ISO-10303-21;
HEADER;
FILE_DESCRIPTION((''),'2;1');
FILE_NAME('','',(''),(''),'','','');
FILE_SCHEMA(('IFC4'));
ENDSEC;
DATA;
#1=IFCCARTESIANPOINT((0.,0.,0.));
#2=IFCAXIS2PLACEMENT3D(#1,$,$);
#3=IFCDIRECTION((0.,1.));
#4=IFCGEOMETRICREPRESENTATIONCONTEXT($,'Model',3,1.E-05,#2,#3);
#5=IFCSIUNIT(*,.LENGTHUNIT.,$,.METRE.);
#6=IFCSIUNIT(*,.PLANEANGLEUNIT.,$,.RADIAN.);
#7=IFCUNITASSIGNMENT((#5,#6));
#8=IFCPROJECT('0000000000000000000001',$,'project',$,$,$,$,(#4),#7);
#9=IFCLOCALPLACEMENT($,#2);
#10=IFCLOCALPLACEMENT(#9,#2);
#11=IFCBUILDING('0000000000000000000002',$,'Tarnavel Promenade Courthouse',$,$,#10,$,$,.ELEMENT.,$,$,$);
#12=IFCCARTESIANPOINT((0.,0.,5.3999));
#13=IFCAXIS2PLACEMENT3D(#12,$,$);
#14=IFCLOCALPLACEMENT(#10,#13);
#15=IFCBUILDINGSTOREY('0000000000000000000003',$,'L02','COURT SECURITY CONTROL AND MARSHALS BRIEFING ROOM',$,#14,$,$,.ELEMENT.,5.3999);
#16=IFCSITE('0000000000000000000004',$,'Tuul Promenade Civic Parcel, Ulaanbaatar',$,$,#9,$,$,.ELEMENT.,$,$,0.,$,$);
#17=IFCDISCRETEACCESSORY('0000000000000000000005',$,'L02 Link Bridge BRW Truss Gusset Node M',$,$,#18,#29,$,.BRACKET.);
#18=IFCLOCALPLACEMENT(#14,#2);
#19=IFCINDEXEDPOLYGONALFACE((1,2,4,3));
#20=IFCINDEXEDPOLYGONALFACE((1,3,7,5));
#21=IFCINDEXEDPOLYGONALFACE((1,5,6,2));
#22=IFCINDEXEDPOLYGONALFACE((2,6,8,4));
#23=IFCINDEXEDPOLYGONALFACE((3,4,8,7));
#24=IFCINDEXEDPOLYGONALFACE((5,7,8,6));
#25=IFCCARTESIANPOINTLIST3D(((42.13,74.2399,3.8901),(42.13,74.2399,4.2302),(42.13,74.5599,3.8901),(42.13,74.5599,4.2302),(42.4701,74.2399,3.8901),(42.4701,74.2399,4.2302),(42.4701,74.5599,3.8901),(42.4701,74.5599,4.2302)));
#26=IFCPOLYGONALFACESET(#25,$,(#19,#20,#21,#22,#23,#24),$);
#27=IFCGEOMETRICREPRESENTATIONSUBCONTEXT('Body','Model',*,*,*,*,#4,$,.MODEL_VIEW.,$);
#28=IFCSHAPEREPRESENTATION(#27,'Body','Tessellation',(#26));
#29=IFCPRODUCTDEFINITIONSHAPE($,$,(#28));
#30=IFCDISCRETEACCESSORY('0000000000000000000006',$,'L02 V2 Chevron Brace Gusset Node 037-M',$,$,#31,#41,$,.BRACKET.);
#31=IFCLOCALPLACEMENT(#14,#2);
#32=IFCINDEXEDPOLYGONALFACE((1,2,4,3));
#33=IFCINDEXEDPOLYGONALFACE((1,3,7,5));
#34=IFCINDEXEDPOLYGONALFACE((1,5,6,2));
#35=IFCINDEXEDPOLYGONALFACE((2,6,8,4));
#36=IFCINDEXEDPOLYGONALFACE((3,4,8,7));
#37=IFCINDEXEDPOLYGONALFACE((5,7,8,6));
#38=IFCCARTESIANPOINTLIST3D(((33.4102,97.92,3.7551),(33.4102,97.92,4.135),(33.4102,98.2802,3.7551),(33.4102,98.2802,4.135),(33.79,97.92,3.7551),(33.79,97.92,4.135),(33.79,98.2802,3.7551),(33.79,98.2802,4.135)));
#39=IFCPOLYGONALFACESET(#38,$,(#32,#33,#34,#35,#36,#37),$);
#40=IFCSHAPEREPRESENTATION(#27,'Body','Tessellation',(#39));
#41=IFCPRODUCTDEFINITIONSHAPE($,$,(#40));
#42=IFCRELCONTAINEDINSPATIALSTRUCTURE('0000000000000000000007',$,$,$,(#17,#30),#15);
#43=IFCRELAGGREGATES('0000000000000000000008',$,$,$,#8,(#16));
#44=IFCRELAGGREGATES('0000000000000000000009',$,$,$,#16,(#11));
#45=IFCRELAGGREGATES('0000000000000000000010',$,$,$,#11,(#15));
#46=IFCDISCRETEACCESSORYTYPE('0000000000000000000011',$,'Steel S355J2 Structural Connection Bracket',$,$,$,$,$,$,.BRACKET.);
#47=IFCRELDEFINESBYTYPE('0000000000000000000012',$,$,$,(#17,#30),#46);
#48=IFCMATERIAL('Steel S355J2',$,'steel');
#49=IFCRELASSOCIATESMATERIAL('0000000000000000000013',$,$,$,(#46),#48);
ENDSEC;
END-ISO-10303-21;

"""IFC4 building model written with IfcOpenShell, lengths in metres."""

from ifc_helpers import new_model, si_unit, direction, frame, origin, origin_2d, place, context, subcontext, project, spatial, rectangle, extrude, material, type_object, element, save


model = new_model("IFC4")

# Units and contexts
model_context = context("Model", 3, precision=1e-05, world=origin(), true_north=direction((0.0, 1.0)))
body_context = subcontext(model_context, "Body", "Model", "MODEL_VIEW")
ifc_project = project(units=[si_unit("LENGTHUNIT", "METRE"), si_unit("PLANEANGLEUNIT", "RADIAN")], contexts=[model_context])

# Site, building, storey
site_placement = place(None, origin())
site = spatial("IfcSite", under=ifc_project, at=site_placement, Name="Tuul Promenade Civic Parcel, Ulaanbaatar", CompositionType="ELEMENT", RefElevation=0.0)
building_placement = place(site_placement, origin())
building = spatial("IfcBuilding", under=site, at=building_placement, Name="Tarnavel Promenade Courthouse", CompositionType="ELEMENT")
storey_placement = place(building_placement, frame((0.0, 0.0, 5.3999)))
storey = spatial("IfcBuildingStorey", under=building, at=storey_placement, Name="L02", Description="COURT SECURITY CONTROL AND MARSHALS BRIEFING ROOM", CompositionType="ELEMENT", Elevation=5.3999)

# Shared definitions
ifc_material_1 = material(Name="Steel S355J2", Category="steel")

# Discrete accessories
discrete_accessory_type = type_object("IfcDiscreteAccessoryType", Name="Steel S355J2 Structural Connection Bracket", PredefinedType="BRACKET", material=ifc_material_1)
discrete_accessory_1_placement = place(storey_placement, frame((42.3, 74.3999, 3.8901), z_axis=(0.0, 0.0, 1.0), x_axis=(1.0, 0.0, 0.0)))
element("IfcDiscreteAccessory", 1, at=discrete_accessory_1_placement, inside=storey, type_object=discrete_accessory_type, Name="L02 Link Bridge BRW Truss Gusset Node M", PredefinedType="BRACKET", context=body_context, shape_type="SweptSolid", body=[
    extrude(rectangle(XDim=0.3401, YDim=0.3201, at=origin_2d()), origin(), (0.0, 0.0, 1.0), 0.3401),
])
discrete_accessory_2_placement = place(storey_placement, frame((33.6001, 98.1001, 3.7551), z_axis=(0.0, 0.0, 1.0), x_axis=(1.0, 0.0, 0.0)))
element("IfcDiscreteAccessory", 2, at=discrete_accessory_2_placement, inside=storey, type_object=discrete_accessory_type, Name="L02 V2 Chevron Brace Gusset Node 037-M", PredefinedType="BRACKET", context=body_context, shape_type="SweptSolid", body=[
    extrude(rectangle(XDim=0.3799, YDim=0.3601, at=origin_2d()), origin(), (0.0, 0.0, 1.0), 0.3799),
])

save(model, "model.ifc")
